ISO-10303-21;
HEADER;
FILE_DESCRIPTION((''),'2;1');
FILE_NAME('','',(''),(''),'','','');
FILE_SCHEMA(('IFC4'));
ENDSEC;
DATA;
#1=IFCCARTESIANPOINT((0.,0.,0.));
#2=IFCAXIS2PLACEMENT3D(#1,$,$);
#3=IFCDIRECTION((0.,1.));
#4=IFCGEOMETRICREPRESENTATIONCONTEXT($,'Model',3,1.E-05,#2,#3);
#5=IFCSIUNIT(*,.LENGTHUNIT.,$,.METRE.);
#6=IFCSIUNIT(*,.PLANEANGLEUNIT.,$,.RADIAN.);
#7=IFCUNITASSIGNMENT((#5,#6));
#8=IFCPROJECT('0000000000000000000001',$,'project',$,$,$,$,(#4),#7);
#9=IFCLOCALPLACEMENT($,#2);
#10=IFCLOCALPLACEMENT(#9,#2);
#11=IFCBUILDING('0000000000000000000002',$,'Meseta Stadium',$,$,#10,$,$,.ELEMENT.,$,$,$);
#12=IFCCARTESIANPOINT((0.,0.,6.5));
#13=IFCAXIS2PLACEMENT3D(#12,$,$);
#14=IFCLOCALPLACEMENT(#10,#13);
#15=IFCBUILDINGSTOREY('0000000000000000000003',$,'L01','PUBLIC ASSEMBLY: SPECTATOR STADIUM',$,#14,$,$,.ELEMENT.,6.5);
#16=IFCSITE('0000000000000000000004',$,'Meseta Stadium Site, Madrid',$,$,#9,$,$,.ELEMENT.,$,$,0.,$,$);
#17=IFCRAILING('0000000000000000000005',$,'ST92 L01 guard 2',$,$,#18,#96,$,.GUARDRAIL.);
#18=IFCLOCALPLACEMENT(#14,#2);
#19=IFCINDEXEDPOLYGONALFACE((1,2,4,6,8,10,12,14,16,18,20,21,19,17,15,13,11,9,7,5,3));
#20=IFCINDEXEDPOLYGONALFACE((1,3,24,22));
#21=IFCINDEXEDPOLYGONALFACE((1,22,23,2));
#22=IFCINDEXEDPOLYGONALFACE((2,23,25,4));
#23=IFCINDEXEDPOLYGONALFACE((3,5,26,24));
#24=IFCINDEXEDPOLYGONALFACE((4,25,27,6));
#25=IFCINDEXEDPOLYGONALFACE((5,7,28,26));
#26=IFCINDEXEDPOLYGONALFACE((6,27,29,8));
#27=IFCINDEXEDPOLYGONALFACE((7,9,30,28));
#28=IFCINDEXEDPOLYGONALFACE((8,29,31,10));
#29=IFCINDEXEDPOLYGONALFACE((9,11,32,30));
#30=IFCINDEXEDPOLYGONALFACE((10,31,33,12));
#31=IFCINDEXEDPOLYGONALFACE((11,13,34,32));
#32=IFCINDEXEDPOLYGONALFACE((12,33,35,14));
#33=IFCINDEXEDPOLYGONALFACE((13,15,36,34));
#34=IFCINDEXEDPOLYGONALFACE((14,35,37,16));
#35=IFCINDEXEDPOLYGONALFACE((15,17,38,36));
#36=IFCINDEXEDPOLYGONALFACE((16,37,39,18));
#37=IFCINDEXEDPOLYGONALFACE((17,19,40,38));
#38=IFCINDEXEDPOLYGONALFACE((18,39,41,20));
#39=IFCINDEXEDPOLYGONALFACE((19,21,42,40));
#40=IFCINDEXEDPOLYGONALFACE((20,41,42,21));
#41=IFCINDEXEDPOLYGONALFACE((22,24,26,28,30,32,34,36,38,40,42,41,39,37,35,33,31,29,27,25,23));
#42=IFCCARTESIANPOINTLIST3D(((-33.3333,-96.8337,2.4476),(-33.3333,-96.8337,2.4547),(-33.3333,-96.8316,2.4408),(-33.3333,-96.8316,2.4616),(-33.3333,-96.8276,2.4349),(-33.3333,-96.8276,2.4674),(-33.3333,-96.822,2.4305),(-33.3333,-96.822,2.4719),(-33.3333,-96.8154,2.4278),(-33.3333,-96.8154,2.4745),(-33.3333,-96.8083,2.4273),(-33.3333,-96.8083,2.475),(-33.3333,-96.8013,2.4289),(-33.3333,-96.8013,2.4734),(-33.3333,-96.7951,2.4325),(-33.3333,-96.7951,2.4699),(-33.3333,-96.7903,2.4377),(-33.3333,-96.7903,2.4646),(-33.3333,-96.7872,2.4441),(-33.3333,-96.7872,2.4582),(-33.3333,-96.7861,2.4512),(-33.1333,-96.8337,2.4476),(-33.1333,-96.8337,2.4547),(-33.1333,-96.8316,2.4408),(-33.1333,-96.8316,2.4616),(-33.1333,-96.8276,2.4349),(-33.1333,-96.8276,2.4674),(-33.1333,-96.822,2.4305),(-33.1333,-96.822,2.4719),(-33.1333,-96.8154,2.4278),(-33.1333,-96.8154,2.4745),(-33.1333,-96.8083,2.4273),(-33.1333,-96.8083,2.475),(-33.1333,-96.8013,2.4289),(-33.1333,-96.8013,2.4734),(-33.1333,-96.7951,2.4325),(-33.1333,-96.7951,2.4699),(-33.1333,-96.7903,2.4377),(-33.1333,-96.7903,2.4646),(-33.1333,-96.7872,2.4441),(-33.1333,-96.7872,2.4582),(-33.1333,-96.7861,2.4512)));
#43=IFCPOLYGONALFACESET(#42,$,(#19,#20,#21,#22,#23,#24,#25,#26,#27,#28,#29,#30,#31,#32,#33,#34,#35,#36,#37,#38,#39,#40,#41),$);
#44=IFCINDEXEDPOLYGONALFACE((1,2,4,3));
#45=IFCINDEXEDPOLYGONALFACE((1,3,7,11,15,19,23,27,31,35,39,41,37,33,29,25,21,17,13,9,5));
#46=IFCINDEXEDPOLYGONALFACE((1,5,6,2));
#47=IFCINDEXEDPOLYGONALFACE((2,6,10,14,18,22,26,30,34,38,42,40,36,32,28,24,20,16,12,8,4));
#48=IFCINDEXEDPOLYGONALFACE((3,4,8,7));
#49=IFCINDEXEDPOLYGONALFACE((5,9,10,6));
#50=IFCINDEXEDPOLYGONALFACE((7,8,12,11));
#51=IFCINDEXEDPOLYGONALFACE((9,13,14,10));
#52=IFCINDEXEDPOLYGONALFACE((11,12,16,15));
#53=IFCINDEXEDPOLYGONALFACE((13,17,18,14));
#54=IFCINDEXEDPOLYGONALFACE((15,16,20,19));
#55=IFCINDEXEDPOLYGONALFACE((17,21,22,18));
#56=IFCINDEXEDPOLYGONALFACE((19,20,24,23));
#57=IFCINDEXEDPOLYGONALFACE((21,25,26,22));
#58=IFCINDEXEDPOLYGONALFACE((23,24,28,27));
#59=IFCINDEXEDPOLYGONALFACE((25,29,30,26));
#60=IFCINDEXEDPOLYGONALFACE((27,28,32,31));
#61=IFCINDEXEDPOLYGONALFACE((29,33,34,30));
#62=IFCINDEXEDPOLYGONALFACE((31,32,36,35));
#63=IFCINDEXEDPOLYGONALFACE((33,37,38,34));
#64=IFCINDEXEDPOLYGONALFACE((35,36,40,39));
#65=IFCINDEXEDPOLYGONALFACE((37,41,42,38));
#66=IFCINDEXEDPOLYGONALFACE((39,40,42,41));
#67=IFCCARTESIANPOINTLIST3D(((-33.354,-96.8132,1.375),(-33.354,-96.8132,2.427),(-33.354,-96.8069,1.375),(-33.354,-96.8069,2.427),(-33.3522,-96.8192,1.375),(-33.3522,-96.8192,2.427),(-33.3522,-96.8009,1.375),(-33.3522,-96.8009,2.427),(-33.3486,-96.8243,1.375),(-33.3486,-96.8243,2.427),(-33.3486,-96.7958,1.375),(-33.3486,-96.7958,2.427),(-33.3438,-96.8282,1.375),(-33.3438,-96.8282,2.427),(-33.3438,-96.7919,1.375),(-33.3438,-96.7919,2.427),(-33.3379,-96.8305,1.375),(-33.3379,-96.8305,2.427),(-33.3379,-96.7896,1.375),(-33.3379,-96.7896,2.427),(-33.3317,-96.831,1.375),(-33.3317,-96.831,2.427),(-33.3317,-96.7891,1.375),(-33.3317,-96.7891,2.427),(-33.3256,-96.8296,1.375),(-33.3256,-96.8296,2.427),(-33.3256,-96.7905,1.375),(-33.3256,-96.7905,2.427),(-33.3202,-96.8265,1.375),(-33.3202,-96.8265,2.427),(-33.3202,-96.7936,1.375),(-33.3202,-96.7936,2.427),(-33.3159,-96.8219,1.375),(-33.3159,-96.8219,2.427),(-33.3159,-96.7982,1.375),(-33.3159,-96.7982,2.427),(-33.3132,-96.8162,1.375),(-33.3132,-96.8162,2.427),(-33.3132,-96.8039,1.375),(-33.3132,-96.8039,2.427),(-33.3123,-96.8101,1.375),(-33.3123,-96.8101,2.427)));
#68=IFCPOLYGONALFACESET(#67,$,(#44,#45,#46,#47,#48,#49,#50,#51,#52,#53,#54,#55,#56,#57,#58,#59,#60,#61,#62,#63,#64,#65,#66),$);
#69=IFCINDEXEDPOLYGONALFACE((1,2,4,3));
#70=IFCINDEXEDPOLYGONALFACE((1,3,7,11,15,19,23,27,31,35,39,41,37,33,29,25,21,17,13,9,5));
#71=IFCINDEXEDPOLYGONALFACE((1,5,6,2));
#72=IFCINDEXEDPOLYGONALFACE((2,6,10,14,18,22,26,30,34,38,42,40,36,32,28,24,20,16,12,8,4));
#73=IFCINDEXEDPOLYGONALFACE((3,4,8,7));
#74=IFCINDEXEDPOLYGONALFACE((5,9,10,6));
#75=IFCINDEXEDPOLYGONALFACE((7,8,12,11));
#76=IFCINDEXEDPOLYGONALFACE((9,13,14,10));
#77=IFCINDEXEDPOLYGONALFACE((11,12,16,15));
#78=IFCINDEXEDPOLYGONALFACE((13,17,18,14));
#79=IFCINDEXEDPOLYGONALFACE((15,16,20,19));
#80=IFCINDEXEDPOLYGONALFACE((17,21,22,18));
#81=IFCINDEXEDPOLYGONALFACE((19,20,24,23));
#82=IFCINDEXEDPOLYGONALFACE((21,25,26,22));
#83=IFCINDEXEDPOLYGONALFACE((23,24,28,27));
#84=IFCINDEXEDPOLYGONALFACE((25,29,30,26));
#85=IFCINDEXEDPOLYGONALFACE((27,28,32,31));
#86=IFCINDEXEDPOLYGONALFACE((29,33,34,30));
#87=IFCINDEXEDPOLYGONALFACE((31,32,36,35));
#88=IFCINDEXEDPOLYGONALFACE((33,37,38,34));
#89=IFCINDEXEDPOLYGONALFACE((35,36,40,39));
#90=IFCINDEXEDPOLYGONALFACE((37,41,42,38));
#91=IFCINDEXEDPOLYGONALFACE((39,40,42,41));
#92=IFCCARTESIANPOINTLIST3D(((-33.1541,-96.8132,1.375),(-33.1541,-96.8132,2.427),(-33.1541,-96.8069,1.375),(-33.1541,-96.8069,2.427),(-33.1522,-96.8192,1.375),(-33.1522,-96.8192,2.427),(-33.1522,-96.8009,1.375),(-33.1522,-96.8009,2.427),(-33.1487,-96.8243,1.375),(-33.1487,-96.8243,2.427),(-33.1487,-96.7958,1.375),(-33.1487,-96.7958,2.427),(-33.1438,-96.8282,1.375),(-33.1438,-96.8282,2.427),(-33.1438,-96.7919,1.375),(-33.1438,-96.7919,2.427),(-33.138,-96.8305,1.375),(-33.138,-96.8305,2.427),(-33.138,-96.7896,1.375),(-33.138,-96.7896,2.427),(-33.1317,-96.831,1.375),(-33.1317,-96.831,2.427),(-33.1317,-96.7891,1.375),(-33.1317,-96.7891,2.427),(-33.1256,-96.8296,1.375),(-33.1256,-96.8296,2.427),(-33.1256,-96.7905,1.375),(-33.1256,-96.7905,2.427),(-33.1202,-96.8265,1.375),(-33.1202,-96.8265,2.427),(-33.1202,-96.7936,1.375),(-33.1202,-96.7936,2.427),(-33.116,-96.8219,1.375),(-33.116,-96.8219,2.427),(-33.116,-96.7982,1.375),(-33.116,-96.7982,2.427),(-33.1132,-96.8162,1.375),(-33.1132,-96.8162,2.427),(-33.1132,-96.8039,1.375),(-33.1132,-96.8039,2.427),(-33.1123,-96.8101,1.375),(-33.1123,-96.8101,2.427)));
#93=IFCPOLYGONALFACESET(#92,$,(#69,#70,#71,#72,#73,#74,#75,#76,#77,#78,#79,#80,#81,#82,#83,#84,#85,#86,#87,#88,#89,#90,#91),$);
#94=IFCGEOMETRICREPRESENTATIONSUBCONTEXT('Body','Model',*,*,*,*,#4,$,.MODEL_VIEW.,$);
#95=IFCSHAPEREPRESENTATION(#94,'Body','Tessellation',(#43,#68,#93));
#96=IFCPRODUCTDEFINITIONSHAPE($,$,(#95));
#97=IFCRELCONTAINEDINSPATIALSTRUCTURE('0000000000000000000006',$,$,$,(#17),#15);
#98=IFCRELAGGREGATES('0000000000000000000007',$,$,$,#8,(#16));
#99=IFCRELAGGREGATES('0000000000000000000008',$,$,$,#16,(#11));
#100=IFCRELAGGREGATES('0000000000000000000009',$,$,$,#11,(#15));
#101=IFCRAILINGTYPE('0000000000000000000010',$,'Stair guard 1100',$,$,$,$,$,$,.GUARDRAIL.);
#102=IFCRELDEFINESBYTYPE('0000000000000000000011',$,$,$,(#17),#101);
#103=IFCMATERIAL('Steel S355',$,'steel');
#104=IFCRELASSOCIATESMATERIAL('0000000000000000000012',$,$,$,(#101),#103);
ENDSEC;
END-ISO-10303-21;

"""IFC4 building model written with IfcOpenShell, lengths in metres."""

from ifc_helpers import new_model, si_unit, direction, frame, origin, origin_2d, place, context, subcontext, project, spatial, circle, extrude, material, type_object, element, save


model = new_model("IFC4")

# Units and contexts
model_context = context("Model", 3, precision=1e-05, world=origin(), true_north=direction((0.0, 1.0)))
body_context = subcontext(model_context, "Body", "Model", "MODEL_VIEW")
ifc_project = project(units=[si_unit("LENGTHUNIT", "METRE"), si_unit("PLANEANGLEUNIT", "RADIAN")], contexts=[model_context])

# Site, building, storey
site_placement = place(None, origin())
site = spatial("IfcSite", under=ifc_project, at=site_placement, Name="Meseta Stadium Site, Madrid", CompositionType="ELEMENT", RefElevation=0.0)
building_placement = place(site_placement, origin())
building = spatial("IfcBuilding", under=site, at=building_placement, Name="Meseta Stadium", CompositionType="ELEMENT")
storey_placement = place(building_placement, frame((0.0, 0.0, 6.5)))
storey = spatial("IfcBuildingStorey", under=building, at=storey_placement, Name="L01", Description="PUBLIC ASSEMBLY: SPECTATOR STADIUM", CompositionType="ELEMENT", Elevation=6.5)

# Railing
ifc_material_1 = material(Name="Steel S355", Category="steel")
railing_type_1 = type_object("IfcRailingType", Name="Stair guard 1100", PredefinedType="GUARDRAIL", material=ifc_material_1)
railing_1_placement = place(storey_placement, frame((-33.3333, -96.8101, 1.375)))
element("IfcRailing", 1, at=railing_1_placement, inside=storey, type_object=railing_type_1, Name="ST92 L01 guard 2", PredefinedType="GUARDRAIL", context=body_context, shape_type="SweptSolid", body=[
    extrude(circle(Radius=0.0239, at=origin_2d()), frame((0.0, 0.0, 1.0762), z_axis=(1.0, 0.0, 0.0), x_axis=(0.0, 1.0, 0.0)), (0.0, 0.0, 1.0), 0.2),
    extrude(circle(Radius=0.021, at=origin_2d()), origin(), (0.0, 0.0, 1.0), 1.052),
    extrude(circle(Radius=0.021, at=origin_2d()), frame((0.2, 0.0, 0.0)), (0.0, 0.0, 1.0), 1.052),
])

save(model, "model.ifc")
